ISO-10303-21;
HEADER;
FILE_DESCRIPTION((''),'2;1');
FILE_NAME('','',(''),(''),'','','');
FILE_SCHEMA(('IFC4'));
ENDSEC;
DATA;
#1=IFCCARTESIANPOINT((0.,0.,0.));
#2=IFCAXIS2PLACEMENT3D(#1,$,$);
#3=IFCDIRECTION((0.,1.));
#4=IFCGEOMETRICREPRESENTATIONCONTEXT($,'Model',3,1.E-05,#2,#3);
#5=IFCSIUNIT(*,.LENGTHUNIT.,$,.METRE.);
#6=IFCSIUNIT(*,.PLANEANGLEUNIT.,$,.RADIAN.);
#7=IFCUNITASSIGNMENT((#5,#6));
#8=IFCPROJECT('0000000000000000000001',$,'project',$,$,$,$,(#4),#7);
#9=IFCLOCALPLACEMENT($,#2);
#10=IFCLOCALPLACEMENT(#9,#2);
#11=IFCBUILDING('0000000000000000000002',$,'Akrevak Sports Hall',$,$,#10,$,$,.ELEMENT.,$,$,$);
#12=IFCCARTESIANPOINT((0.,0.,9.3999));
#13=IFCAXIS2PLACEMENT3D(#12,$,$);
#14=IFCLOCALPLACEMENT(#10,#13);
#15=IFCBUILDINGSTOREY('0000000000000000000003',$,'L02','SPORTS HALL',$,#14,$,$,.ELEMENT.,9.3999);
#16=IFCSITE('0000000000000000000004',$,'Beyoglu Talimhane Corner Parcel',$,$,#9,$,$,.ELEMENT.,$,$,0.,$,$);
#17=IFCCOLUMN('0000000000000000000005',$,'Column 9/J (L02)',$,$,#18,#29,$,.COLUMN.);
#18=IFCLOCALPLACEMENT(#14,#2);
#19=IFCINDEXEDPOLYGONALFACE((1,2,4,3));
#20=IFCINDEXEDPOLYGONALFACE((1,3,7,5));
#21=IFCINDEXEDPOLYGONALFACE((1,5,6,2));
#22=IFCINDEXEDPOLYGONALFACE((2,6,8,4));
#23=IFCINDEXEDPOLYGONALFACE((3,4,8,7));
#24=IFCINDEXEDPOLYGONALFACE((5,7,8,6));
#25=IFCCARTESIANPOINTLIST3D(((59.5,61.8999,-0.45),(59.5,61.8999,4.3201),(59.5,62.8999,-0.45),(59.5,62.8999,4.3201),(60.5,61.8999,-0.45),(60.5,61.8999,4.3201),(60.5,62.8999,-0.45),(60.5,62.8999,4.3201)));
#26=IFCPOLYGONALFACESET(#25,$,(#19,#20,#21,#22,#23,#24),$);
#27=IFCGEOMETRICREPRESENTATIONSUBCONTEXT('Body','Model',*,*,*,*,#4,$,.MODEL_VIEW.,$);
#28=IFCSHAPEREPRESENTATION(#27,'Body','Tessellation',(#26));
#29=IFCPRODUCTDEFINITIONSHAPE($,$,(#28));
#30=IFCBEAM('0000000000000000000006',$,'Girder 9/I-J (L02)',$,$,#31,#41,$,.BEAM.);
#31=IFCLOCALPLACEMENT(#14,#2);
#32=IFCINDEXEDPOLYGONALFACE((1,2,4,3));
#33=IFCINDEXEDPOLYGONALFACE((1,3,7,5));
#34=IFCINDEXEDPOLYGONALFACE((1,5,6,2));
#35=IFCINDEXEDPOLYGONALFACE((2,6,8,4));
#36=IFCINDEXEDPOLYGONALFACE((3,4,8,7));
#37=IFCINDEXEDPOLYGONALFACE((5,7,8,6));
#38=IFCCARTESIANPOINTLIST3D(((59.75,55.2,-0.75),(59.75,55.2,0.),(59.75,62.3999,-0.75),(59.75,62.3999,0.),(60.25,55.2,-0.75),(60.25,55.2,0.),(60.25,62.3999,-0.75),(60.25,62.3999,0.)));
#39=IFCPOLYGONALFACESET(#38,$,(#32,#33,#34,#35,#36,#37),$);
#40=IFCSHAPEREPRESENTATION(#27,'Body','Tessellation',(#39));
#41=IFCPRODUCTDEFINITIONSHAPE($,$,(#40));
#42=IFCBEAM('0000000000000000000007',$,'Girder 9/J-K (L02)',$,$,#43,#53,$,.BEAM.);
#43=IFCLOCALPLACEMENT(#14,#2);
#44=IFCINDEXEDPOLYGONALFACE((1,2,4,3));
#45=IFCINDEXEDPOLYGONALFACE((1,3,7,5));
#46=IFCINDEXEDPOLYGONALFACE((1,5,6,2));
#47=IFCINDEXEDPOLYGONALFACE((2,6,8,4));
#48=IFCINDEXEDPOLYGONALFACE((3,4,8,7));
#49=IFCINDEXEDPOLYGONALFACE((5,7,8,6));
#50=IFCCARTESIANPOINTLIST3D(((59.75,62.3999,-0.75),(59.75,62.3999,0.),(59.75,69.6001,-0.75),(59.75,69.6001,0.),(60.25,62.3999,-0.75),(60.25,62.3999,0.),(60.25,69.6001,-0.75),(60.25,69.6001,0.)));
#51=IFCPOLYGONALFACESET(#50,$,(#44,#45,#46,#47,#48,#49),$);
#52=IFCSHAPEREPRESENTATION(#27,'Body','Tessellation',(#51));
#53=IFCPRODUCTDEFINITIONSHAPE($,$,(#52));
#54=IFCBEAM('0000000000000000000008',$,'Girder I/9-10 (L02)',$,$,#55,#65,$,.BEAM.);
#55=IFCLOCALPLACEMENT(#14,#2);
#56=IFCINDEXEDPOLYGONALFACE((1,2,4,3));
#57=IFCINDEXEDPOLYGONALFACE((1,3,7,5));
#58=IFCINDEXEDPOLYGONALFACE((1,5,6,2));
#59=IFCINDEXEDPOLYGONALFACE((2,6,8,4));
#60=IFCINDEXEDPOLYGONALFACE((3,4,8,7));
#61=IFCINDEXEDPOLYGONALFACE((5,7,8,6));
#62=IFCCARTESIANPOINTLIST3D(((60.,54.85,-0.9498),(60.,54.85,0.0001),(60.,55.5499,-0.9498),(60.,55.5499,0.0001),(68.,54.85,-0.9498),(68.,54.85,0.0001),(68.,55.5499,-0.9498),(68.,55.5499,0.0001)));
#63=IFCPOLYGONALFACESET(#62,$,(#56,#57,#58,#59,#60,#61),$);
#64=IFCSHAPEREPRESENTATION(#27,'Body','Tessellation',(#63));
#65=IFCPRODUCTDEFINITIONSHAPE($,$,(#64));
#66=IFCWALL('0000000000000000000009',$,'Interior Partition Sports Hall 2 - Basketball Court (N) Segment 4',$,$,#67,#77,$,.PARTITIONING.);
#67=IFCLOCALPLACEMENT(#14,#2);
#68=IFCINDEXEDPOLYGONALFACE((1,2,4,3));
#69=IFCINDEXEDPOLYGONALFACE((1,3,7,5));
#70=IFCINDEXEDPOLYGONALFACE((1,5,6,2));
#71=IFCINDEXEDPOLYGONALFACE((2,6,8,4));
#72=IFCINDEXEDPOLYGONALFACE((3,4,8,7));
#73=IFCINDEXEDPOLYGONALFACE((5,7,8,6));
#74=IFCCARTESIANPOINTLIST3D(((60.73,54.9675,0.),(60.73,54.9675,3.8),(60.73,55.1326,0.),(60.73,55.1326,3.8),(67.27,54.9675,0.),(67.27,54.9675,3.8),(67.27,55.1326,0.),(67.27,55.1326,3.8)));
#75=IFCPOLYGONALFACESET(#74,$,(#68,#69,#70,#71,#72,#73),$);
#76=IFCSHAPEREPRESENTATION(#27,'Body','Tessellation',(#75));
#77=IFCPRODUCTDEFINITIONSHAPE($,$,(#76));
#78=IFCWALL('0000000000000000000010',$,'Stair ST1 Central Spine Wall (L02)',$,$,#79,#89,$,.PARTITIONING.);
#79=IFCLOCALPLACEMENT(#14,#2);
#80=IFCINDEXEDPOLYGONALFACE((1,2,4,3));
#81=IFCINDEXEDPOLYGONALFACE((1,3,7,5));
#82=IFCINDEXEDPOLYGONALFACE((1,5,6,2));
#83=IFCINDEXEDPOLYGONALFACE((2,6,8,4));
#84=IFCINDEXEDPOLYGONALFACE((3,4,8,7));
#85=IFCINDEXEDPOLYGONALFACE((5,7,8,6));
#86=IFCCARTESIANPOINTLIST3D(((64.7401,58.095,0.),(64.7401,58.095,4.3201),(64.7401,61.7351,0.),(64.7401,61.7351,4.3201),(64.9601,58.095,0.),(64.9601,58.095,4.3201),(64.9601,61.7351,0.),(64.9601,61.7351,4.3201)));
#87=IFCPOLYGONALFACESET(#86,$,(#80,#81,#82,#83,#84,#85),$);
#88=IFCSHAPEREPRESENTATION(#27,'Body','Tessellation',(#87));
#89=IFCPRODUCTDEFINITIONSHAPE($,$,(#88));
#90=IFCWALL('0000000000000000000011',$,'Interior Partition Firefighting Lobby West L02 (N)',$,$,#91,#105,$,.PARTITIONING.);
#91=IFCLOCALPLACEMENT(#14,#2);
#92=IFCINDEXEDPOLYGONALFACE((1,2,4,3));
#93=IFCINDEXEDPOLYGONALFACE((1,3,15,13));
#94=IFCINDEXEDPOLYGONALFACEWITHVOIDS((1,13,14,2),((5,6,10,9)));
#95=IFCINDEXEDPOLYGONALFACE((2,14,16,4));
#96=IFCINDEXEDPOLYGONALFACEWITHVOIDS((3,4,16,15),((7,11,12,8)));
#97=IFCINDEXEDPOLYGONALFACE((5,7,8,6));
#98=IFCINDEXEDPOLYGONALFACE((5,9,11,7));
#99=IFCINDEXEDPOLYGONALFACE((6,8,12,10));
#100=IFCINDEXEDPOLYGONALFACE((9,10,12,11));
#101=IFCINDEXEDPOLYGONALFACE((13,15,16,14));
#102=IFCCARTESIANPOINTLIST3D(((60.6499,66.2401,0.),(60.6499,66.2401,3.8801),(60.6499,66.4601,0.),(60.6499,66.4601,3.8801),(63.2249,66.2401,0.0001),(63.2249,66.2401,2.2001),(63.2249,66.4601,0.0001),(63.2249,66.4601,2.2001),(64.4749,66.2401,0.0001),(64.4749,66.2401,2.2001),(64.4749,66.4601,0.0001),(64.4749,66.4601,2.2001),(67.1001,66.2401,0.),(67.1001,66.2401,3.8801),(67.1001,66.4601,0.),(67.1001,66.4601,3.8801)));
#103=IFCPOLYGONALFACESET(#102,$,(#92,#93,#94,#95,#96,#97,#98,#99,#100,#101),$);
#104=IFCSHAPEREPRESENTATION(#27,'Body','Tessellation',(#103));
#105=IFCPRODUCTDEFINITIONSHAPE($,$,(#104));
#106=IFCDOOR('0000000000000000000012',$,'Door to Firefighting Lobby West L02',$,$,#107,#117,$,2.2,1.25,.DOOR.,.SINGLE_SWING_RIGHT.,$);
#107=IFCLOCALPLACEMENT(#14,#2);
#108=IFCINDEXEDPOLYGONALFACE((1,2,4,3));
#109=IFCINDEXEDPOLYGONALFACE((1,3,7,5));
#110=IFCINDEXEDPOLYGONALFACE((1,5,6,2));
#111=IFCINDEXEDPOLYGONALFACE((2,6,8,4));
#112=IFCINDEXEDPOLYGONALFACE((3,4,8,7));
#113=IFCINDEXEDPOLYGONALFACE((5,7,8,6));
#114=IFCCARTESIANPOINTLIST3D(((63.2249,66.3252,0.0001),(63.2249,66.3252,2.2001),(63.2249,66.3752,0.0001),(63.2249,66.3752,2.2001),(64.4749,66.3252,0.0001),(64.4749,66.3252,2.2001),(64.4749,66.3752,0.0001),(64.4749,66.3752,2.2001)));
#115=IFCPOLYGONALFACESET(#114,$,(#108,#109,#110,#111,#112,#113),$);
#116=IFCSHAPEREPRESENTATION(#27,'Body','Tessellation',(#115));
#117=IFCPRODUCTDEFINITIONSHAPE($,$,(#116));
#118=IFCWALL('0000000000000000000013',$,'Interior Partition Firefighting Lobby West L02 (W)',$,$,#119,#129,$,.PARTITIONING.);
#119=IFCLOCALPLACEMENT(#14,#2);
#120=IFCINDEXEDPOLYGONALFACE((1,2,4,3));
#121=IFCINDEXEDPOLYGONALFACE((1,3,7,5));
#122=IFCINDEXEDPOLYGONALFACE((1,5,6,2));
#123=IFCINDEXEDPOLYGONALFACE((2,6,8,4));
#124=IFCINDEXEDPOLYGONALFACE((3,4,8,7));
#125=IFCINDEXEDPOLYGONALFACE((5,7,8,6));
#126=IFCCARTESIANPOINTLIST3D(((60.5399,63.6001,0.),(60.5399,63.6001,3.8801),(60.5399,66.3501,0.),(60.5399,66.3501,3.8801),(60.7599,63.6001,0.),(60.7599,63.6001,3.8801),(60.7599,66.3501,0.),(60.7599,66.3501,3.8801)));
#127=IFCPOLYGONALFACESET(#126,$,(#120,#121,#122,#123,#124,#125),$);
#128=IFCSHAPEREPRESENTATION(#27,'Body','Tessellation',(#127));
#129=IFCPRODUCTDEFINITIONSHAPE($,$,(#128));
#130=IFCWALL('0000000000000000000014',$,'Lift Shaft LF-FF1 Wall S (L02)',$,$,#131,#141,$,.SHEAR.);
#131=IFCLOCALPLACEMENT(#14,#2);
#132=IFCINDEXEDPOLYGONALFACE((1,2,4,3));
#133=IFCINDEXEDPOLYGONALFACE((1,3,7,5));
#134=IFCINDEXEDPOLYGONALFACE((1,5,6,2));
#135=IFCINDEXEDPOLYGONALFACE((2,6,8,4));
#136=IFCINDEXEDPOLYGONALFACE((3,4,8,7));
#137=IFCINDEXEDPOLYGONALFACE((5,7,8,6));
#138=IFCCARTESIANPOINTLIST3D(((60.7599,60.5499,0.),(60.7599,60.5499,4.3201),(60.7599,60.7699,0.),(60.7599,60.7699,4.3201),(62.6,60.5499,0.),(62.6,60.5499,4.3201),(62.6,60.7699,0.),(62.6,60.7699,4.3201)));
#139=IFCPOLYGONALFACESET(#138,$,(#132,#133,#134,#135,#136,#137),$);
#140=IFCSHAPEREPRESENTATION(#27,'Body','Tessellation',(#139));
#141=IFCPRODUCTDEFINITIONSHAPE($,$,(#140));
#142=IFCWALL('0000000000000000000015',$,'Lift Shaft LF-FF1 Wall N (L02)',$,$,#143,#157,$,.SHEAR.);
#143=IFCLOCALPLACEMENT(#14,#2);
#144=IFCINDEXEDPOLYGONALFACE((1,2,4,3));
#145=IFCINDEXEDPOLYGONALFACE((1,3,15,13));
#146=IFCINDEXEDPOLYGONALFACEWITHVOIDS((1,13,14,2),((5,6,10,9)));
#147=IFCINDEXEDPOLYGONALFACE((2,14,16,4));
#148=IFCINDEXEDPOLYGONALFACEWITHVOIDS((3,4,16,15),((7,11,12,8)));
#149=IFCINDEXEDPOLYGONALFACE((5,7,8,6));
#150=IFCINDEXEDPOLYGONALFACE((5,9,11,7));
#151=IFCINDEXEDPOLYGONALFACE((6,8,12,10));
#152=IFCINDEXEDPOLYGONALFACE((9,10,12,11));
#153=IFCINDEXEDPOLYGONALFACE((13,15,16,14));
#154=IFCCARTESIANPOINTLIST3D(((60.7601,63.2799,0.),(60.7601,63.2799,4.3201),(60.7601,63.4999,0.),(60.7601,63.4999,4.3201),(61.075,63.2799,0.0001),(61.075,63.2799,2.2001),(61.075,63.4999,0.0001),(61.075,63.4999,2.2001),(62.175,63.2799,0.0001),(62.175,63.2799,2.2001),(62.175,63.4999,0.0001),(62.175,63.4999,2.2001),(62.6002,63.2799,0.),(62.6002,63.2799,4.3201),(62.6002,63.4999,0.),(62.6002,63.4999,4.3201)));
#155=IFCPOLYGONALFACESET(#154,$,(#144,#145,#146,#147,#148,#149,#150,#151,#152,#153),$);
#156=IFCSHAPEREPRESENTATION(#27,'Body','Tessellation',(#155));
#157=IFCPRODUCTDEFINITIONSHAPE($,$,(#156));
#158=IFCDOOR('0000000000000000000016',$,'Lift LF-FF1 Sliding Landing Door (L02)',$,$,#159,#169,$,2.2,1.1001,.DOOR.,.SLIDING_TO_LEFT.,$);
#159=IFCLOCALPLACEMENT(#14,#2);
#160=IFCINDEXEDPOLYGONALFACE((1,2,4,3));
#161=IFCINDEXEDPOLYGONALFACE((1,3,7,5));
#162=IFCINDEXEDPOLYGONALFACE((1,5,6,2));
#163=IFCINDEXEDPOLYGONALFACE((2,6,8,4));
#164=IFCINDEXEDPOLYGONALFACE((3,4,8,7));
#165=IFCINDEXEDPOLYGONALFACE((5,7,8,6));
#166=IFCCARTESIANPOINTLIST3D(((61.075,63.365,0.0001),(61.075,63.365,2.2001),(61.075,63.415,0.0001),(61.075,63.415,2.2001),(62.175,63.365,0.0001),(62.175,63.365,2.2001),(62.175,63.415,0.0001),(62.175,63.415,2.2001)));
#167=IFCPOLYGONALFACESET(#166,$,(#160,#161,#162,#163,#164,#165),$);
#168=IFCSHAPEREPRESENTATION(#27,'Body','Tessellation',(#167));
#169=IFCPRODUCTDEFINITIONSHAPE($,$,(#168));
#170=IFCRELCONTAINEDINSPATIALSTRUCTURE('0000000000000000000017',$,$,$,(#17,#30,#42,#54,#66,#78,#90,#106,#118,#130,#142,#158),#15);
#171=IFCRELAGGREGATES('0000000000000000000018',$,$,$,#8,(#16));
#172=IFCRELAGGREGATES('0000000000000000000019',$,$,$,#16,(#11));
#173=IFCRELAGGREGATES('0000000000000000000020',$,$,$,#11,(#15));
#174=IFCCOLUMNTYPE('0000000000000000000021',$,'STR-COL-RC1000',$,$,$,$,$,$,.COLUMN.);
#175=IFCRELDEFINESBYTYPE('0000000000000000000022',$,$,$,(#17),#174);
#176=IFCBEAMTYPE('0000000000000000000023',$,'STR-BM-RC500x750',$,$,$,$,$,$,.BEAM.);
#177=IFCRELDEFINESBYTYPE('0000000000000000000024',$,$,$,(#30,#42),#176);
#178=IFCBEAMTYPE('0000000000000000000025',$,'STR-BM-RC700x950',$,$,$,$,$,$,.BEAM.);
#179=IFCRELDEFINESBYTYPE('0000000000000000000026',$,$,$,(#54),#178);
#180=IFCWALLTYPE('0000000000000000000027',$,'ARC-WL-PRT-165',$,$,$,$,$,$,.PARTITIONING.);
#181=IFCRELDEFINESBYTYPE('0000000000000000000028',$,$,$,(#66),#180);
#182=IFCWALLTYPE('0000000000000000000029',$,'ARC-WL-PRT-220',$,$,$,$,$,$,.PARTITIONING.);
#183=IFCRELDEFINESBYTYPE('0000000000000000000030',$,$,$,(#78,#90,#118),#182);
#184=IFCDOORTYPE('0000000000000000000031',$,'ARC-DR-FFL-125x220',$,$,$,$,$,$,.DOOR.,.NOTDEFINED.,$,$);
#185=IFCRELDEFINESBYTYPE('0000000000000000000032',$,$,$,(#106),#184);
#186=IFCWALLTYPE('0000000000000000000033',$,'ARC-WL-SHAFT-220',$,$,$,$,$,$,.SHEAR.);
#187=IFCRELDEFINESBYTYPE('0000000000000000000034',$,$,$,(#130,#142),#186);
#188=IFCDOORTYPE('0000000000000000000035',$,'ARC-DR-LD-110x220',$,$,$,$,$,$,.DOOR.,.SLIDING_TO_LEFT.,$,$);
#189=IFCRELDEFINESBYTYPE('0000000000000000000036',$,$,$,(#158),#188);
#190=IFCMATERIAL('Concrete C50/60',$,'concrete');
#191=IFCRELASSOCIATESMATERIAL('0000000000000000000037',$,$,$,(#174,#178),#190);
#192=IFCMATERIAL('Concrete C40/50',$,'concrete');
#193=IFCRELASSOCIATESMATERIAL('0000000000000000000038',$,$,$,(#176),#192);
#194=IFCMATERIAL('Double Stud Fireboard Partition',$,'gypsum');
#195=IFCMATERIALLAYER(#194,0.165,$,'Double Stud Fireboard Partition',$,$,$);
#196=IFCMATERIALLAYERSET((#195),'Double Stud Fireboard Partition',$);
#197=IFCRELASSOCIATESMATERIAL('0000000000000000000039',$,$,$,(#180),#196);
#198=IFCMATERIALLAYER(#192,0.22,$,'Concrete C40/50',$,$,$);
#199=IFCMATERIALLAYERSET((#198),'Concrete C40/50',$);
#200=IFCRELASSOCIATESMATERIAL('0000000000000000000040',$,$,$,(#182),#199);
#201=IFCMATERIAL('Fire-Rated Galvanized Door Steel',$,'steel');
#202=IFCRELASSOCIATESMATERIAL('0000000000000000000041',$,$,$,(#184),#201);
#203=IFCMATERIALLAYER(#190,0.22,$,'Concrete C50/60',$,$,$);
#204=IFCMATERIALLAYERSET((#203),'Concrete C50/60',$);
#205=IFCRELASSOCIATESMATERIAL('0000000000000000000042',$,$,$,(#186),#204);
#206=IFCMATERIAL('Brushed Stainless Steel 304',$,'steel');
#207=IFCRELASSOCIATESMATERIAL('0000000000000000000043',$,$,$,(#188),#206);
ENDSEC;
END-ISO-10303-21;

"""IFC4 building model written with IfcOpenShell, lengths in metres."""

from ifc_helpers import new_model, si_unit, direction, frame, frame_2d, origin, origin_2d, place, context, subcontext, project, spatial, rectangle, extrude, material, layer, layer_set, material_profile, profile_set, type_object, element, fill, save


model = new_model("IFC4")

# Units and contexts
model_context = context("Model", 3, precision=1e-05, world=origin(), true_north=direction((0.0, 1.0)))
body_context = subcontext(model_context, "Body", "Model", "MODEL_VIEW")
ifc_project = project(units=[si_unit("LENGTHUNIT", "METRE"), si_unit("PLANEANGLEUNIT", "RADIAN")], contexts=[model_context])

# Site, building, storey
site_placement = place(None, origin())
site = spatial("IfcSite", under=ifc_project, at=site_placement, Name="Beyoglu Talimhane Corner Parcel", CompositionType="ELEMENT", RefElevation=0.0)
building_placement = place(site_placement, origin())
building = spatial("IfcBuilding", under=site, at=building_placement, Name="Akrevak Sports Hall", CompositionType="ELEMENT")
storey_placement = place(building_placement, frame((0.0, 0.0, 9.3999)))
storey = spatial("IfcBuildingStorey", under=building, at=storey_placement, Name="L02", Description="SPORTS HALL", CompositionType="ELEMENT", Elevation=9.3999)

# Column
ifc_material_1 = material(Name="Concrete C50/60", Category="concrete")
ifc_material_profile_1 = material_profile(ifc_material_1, rectangle(XDim=1.0, YDim=1.0, at=origin_2d()), Name="RC 1000x1000", Category="concrete")
ifc_profile_set_1 = profile_set([ifc_material_profile_1], Name="Concrete C50/60")
column_type = type_object("IfcColumnType", Name="STR-COL-RC1000", PredefinedType="COLUMN", material=ifc_profile_set_1)
column_placement = place(storey_placement, frame((60.0, 62.3999, -0.45), z_axis=(0.0, 0.0, 1.0), x_axis=(1.0, 0.0, 0.0)))
element("IfcColumn", 1, at=column_placement, inside=storey, type_object=column_type, Name="Column 9/J (L02)", PredefinedType="COLUMN", context=body_context, shape_type="SweptSolid", body=[
    extrude(rectangle(XDim=1.0, YDim=1.0, at=origin_2d()), origin(), (0.0, 0.0, 1.0), 4.77),
])

# Beams
ifc_material_2 = material(Name="Concrete C40/50", Category="concrete")
ifc_material_profile_2 = material_profile(ifc_material_2, rectangle(XDim=0.5, YDim=0.75, at=origin_2d()), Name="BM 500x750", Category="concrete")
ifc_profile_set_2 = profile_set([ifc_material_profile_2], Name="Concrete C40/50")
beam_type_1 = type_object("IfcBeamType", Name="STR-BM-RC500x750", PredefinedType="BEAM", material=ifc_profile_set_2)
beam_1_placement = place(storey_placement, frame((60.0, 55.2, -0.375), z_axis=(0.0, 1.0, 0.0), x_axis=(-1.0, 0.0, 0.0)))
element("IfcBeam", 2, at=beam_1_placement, inside=storey, type_object=beam_type_1, Name="Girder 9/I-J (L02)", PredefinedType="BEAM", context=body_context, shape_type="SweptSolid", body=[
    extrude(rectangle(XDim=0.5, YDim=0.75, at=origin_2d()), origin(), (0.0, 0.0, 1.0), 7.2),
])
beam_2_placement = place(storey_placement, frame((60.0, 62.3999, -0.375), z_axis=(0.0, 1.0, 0.0), x_axis=(-1.0, 0.0, 0.0)))
element("IfcBeam", 3, at=beam_2_placement, inside=storey, type_object=beam_type_1, Name="Girder 9/J-K (L02)", PredefinedType="BEAM", context=body_context, shape_type="SweptSolid", body=[
    extrude(rectangle(XDim=0.5, YDim=0.75, at=origin_2d()), origin(), (0.0, 0.0, 1.0), 7.2002),
])
ifc_material_profile_3 = material_profile(ifc_material_1, rectangle(XDim=0.7, YDim=0.95, at=origin_2d()), Name="BM 700x950", Category="concrete")
ifc_profile_set_3 = profile_set([ifc_material_profile_3], Name="Concrete C50/60")
beam_type_2 = type_object("IfcBeamType", Name="STR-BM-RC700x950", PredefinedType="BEAM", material=ifc_profile_set_3)
beam_3_placement = place(storey_placement, frame((60.0, 55.2, -0.4749), z_axis=(1.0, 0.0, 0.0), x_axis=(0.0, 1.0, 0.0)))
element("IfcBeam", 4, at=beam_3_placement, inside=storey, type_object=beam_type_2, Name="Girder I/9-10 (L02)", PredefinedType="BEAM", context=body_context, shape_type="SweptSolid", body=[
    extrude(rectangle(XDim=0.7, YDim=0.95, at=origin_2d()), origin(), (0.0, 0.0, 1.0), 8.0),
])

# Walls
ifc_material_3 = material(Name="Double Stud Fireboard Partition", Category="gypsum")
ifc_layer_1 = layer(ifc_material_3, 0.165, Name="Double Stud Fireboard Partition")
ifc_layer_set_1 = layer_set([ifc_layer_1], Name="Double Stud Fireboard Partition")
wall_type_1 = type_object("IfcWallType", Name="ARC-WL-PRT-165", PredefinedType="PARTITIONING", material=ifc_layer_set_1)
wall_1_placement = place(storey_placement, frame((60.73, 55.05, 0.0), z_axis=(0.0, 0.0, 1.0), x_axis=(1.0, 0.0, 0.0)))
element("IfcWall", 5, at=wall_1_placement, inside=storey, type_object=wall_type_1, Name="Interior Partition Sports Hall 2 - Basketball Court (N) Segment 4", PredefinedType="PARTITIONING", context=body_context, shape_type="SweptSolid", body=[
    extrude(rectangle(XDim=6.54, YDim=0.165, at=frame_2d((3.27, 0.0))), origin(), (0.0, 0.0, 1.0), 3.8),
])
ifc_layer_2 = layer(ifc_material_2, 0.22, Name="Concrete C40/50")
ifc_layer_set_2 = layer_set([ifc_layer_2], Name="Concrete C40/50")
wall_type_2 = type_object("IfcWallType", Name="ARC-WL-PRT-220", PredefinedType="PARTITIONING", material=ifc_layer_set_2)
wall_2_placement = place(storey_placement, frame((64.8501, 58.095, 0.0), z_axis=(0.0, 0.0, 1.0), x_axis=(0.0, 1.0, 0.0)))
element("IfcWall", 6, at=wall_2_placement, inside=storey, type_object=wall_type_2, Name="Stair ST1 Central Spine Wall (L02)", PredefinedType="PARTITIONING", context=body_context, shape_type="SweptSolid", body=[
    extrude(rectangle(XDim=3.6401, YDim=0.22, at=frame_2d((1.8201, 0.0))), origin(), (0.0, 0.0, 1.0), 4.3201),
])

# Wall, opening, door
wall_3_placement = place(storey_placement, frame((60.6499, 66.3501, 0.0), z_axis=(0.0, 0.0, 1.0), x_axis=(1.0, 0.0, 0.0)))
wall_3 = element("IfcWall", 7, at=wall_3_placement, inside=storey, type_object=wall_type_2, Name="Interior Partition Firefighting Lobby West L02 (N)", PredefinedType="PARTITIONING", context=body_context, shape_type="SweptSolid", body=[
    extrude(rectangle(XDim=6.4502, YDim=0.22, at=frame_2d((3.2251, 0.0))), origin(), (0.0, 0.0, 1.0), 3.8801),
])
opening_1_placement = place(wall_3_placement, frame((2.575, 0.0, 0.0)))
opening_1 = element("IfcOpeningElement", 8, at=opening_1_placement, cuts=wall_3, PredefinedType="OPENING", context=body_context, shape_type="SweptSolid", body=[
    extrude(rectangle(XDim=1.25, YDim=2.2, at=frame_2d((0.625, 1.1001))), frame((0.0, 0.1221, 0.0), z_axis=(0.0, -1.0, 0.0), x_axis=(1.0, 0.0, 0.0)), (0.0, 0.0, 1.0), 0.2439),
])
ifc_material_4 = material(Name="Fire-Rated Galvanized Door Steel", Category="steel")
door_type_1 = type_object("IfcDoorType", Name="ARC-DR-FFL-125x220", OperationType="NOTDEFINED", PredefinedType="DOOR", material=ifc_material_4)
door_1_placement = place(opening_1_placement, frame((1.25, 0.0, 0.0), z_axis=(0.0, 0.0, 1.0), x_axis=(-1.0, 0.0, 0.0)))
door_1 = element("IfcDoor", 9, at=door_1_placement, inside=storey, type_object=door_type_1, Name="Door to Firefighting Lobby West L02", OperationType="SINGLE_SWING_RIGHT", OverallHeight=2.2, OverallWidth=1.25, PredefinedType="DOOR", context=body_context, shape_type="SweptSolid", body=[
    extrude(rectangle(XDim=1.25, YDim=2.2, at=frame_2d((0.625, 1.1001))), frame((0.0, 0.0249, 0.0), z_axis=(0.0, -1.0, 0.0), x_axis=(1.0, 0.0, 0.0)), (0.0, 0.0, 1.0), 0.05),
])
fill(opening_1, door_1)

# Walls
wall_4_placement = place(storey_placement, frame((60.6499, 63.6001, 0.0), z_axis=(0.0, 0.0, 1.0), x_axis=(0.0, 1.0, 0.0)))
element("IfcWall", 10, at=wall_4_placement, inside=storey, type_object=wall_type_2, Name="Interior Partition Firefighting Lobby West L02 (W)", PredefinedType="PARTITIONING", context=body_context, shape_type="SweptSolid", body=[
    extrude(rectangle(XDim=2.75, YDim=0.22, at=frame_2d((1.375, 0.0))), origin(), (0.0, 0.0, 1.0), 3.8801),
])
ifc_layer_3 = layer(ifc_material_1, 0.22, Name="Concrete C50/60")
ifc_layer_set_3 = layer_set([ifc_layer_3], Name="Concrete C50/60")
wall_type_3 = type_object("IfcWallType", Name="ARC-WL-SHAFT-220", PredefinedType="SHEAR", material=ifc_layer_set_3)
wall_5_placement = place(storey_placement, frame((60.76, 60.6599, 0.0), z_axis=(0.0, 0.0, 1.0), x_axis=(1.0, 0.0, 0.0)))
element("IfcWall", 11, at=wall_5_placement, inside=storey, type_object=wall_type_3, Name="Lift Shaft LF-FF1 Wall S (L02)", PredefinedType="SHEAR", context=body_context, shape_type="SweptSolid", body=[
    extrude(rectangle(XDim=1.8401, YDim=0.22, at=frame_2d((0.9199, 0.0))), origin(), (0.0, 0.0, 1.0), 4.3201),
])

# Wall, opening, door
wall_6_placement = place(storey_placement, frame((62.6001, 63.3899, 0.0), z_axis=(0.0, 0.0, 1.0), x_axis=(-1.0, 0.0, 0.0)))
wall_6 = element("IfcWall", 12, at=wall_6_placement, inside=storey, type_object=wall_type_3, Name="Lift Shaft LF-FF1 Wall N (L02)", PredefinedType="SHEAR", context=body_context, shape_type="SweptSolid", body=[
    extrude(rectangle(XDim=1.8401, YDim=0.22, at=frame_2d((0.9199, 0.0))), origin(), (0.0, 0.0, 1.0), 4.3201),
])
opening_2_placement = place(wall_6_placement, frame((0.425, 0.0, 0.0)))
opening_2 = element("IfcOpeningElement", 13, at=opening_2_placement, cuts=wall_6, PredefinedType="OPENING", context=body_context, shape_type="SweptSolid", body=[
    extrude(rectangle(XDim=1.1001, YDim=2.2, at=frame_2d((0.55, 1.1001))), frame((0.0, 0.1221, 0.0), z_axis=(0.0, -1.0, 0.0), x_axis=(1.0, 0.0, 0.0)), (0.0, 0.0, 1.0), 0.2439),
])
ifc_material_5 = material(Name="Brushed Stainless Steel 304", Category="steel")
door_type_2 = type_object("IfcDoorType", Name="ARC-DR-LD-110x220", OperationType="SLIDING_TO_LEFT", PredefinedType="DOOR", material=ifc_material_5)
door_2_placement = place(opening_2_placement, origin())
door_2 = element("IfcDoor", 14, at=door_2_placement, inside=storey, type_object=door_type_2, Name="Lift LF-FF1 Sliding Landing Door (L02)", OperationType="SLIDING_TO_LEFT", OverallHeight=2.2, OverallWidth=1.1001, PredefinedType="DOOR", context=body_context, shape_type="SweptSolid", body=[
    extrude(rectangle(XDim=1.1001, YDim=2.2, at=frame_2d((0.55, 1.1001))), frame((0.0, 0.0249, 0.0), z_axis=(0.0, -1.0, 0.0), x_axis=(1.0, 0.0, 0.0)), (0.0, 0.0, 1.0), 0.05),
])
fill(opening_2, door_2)

save(model, "model.ifc")
